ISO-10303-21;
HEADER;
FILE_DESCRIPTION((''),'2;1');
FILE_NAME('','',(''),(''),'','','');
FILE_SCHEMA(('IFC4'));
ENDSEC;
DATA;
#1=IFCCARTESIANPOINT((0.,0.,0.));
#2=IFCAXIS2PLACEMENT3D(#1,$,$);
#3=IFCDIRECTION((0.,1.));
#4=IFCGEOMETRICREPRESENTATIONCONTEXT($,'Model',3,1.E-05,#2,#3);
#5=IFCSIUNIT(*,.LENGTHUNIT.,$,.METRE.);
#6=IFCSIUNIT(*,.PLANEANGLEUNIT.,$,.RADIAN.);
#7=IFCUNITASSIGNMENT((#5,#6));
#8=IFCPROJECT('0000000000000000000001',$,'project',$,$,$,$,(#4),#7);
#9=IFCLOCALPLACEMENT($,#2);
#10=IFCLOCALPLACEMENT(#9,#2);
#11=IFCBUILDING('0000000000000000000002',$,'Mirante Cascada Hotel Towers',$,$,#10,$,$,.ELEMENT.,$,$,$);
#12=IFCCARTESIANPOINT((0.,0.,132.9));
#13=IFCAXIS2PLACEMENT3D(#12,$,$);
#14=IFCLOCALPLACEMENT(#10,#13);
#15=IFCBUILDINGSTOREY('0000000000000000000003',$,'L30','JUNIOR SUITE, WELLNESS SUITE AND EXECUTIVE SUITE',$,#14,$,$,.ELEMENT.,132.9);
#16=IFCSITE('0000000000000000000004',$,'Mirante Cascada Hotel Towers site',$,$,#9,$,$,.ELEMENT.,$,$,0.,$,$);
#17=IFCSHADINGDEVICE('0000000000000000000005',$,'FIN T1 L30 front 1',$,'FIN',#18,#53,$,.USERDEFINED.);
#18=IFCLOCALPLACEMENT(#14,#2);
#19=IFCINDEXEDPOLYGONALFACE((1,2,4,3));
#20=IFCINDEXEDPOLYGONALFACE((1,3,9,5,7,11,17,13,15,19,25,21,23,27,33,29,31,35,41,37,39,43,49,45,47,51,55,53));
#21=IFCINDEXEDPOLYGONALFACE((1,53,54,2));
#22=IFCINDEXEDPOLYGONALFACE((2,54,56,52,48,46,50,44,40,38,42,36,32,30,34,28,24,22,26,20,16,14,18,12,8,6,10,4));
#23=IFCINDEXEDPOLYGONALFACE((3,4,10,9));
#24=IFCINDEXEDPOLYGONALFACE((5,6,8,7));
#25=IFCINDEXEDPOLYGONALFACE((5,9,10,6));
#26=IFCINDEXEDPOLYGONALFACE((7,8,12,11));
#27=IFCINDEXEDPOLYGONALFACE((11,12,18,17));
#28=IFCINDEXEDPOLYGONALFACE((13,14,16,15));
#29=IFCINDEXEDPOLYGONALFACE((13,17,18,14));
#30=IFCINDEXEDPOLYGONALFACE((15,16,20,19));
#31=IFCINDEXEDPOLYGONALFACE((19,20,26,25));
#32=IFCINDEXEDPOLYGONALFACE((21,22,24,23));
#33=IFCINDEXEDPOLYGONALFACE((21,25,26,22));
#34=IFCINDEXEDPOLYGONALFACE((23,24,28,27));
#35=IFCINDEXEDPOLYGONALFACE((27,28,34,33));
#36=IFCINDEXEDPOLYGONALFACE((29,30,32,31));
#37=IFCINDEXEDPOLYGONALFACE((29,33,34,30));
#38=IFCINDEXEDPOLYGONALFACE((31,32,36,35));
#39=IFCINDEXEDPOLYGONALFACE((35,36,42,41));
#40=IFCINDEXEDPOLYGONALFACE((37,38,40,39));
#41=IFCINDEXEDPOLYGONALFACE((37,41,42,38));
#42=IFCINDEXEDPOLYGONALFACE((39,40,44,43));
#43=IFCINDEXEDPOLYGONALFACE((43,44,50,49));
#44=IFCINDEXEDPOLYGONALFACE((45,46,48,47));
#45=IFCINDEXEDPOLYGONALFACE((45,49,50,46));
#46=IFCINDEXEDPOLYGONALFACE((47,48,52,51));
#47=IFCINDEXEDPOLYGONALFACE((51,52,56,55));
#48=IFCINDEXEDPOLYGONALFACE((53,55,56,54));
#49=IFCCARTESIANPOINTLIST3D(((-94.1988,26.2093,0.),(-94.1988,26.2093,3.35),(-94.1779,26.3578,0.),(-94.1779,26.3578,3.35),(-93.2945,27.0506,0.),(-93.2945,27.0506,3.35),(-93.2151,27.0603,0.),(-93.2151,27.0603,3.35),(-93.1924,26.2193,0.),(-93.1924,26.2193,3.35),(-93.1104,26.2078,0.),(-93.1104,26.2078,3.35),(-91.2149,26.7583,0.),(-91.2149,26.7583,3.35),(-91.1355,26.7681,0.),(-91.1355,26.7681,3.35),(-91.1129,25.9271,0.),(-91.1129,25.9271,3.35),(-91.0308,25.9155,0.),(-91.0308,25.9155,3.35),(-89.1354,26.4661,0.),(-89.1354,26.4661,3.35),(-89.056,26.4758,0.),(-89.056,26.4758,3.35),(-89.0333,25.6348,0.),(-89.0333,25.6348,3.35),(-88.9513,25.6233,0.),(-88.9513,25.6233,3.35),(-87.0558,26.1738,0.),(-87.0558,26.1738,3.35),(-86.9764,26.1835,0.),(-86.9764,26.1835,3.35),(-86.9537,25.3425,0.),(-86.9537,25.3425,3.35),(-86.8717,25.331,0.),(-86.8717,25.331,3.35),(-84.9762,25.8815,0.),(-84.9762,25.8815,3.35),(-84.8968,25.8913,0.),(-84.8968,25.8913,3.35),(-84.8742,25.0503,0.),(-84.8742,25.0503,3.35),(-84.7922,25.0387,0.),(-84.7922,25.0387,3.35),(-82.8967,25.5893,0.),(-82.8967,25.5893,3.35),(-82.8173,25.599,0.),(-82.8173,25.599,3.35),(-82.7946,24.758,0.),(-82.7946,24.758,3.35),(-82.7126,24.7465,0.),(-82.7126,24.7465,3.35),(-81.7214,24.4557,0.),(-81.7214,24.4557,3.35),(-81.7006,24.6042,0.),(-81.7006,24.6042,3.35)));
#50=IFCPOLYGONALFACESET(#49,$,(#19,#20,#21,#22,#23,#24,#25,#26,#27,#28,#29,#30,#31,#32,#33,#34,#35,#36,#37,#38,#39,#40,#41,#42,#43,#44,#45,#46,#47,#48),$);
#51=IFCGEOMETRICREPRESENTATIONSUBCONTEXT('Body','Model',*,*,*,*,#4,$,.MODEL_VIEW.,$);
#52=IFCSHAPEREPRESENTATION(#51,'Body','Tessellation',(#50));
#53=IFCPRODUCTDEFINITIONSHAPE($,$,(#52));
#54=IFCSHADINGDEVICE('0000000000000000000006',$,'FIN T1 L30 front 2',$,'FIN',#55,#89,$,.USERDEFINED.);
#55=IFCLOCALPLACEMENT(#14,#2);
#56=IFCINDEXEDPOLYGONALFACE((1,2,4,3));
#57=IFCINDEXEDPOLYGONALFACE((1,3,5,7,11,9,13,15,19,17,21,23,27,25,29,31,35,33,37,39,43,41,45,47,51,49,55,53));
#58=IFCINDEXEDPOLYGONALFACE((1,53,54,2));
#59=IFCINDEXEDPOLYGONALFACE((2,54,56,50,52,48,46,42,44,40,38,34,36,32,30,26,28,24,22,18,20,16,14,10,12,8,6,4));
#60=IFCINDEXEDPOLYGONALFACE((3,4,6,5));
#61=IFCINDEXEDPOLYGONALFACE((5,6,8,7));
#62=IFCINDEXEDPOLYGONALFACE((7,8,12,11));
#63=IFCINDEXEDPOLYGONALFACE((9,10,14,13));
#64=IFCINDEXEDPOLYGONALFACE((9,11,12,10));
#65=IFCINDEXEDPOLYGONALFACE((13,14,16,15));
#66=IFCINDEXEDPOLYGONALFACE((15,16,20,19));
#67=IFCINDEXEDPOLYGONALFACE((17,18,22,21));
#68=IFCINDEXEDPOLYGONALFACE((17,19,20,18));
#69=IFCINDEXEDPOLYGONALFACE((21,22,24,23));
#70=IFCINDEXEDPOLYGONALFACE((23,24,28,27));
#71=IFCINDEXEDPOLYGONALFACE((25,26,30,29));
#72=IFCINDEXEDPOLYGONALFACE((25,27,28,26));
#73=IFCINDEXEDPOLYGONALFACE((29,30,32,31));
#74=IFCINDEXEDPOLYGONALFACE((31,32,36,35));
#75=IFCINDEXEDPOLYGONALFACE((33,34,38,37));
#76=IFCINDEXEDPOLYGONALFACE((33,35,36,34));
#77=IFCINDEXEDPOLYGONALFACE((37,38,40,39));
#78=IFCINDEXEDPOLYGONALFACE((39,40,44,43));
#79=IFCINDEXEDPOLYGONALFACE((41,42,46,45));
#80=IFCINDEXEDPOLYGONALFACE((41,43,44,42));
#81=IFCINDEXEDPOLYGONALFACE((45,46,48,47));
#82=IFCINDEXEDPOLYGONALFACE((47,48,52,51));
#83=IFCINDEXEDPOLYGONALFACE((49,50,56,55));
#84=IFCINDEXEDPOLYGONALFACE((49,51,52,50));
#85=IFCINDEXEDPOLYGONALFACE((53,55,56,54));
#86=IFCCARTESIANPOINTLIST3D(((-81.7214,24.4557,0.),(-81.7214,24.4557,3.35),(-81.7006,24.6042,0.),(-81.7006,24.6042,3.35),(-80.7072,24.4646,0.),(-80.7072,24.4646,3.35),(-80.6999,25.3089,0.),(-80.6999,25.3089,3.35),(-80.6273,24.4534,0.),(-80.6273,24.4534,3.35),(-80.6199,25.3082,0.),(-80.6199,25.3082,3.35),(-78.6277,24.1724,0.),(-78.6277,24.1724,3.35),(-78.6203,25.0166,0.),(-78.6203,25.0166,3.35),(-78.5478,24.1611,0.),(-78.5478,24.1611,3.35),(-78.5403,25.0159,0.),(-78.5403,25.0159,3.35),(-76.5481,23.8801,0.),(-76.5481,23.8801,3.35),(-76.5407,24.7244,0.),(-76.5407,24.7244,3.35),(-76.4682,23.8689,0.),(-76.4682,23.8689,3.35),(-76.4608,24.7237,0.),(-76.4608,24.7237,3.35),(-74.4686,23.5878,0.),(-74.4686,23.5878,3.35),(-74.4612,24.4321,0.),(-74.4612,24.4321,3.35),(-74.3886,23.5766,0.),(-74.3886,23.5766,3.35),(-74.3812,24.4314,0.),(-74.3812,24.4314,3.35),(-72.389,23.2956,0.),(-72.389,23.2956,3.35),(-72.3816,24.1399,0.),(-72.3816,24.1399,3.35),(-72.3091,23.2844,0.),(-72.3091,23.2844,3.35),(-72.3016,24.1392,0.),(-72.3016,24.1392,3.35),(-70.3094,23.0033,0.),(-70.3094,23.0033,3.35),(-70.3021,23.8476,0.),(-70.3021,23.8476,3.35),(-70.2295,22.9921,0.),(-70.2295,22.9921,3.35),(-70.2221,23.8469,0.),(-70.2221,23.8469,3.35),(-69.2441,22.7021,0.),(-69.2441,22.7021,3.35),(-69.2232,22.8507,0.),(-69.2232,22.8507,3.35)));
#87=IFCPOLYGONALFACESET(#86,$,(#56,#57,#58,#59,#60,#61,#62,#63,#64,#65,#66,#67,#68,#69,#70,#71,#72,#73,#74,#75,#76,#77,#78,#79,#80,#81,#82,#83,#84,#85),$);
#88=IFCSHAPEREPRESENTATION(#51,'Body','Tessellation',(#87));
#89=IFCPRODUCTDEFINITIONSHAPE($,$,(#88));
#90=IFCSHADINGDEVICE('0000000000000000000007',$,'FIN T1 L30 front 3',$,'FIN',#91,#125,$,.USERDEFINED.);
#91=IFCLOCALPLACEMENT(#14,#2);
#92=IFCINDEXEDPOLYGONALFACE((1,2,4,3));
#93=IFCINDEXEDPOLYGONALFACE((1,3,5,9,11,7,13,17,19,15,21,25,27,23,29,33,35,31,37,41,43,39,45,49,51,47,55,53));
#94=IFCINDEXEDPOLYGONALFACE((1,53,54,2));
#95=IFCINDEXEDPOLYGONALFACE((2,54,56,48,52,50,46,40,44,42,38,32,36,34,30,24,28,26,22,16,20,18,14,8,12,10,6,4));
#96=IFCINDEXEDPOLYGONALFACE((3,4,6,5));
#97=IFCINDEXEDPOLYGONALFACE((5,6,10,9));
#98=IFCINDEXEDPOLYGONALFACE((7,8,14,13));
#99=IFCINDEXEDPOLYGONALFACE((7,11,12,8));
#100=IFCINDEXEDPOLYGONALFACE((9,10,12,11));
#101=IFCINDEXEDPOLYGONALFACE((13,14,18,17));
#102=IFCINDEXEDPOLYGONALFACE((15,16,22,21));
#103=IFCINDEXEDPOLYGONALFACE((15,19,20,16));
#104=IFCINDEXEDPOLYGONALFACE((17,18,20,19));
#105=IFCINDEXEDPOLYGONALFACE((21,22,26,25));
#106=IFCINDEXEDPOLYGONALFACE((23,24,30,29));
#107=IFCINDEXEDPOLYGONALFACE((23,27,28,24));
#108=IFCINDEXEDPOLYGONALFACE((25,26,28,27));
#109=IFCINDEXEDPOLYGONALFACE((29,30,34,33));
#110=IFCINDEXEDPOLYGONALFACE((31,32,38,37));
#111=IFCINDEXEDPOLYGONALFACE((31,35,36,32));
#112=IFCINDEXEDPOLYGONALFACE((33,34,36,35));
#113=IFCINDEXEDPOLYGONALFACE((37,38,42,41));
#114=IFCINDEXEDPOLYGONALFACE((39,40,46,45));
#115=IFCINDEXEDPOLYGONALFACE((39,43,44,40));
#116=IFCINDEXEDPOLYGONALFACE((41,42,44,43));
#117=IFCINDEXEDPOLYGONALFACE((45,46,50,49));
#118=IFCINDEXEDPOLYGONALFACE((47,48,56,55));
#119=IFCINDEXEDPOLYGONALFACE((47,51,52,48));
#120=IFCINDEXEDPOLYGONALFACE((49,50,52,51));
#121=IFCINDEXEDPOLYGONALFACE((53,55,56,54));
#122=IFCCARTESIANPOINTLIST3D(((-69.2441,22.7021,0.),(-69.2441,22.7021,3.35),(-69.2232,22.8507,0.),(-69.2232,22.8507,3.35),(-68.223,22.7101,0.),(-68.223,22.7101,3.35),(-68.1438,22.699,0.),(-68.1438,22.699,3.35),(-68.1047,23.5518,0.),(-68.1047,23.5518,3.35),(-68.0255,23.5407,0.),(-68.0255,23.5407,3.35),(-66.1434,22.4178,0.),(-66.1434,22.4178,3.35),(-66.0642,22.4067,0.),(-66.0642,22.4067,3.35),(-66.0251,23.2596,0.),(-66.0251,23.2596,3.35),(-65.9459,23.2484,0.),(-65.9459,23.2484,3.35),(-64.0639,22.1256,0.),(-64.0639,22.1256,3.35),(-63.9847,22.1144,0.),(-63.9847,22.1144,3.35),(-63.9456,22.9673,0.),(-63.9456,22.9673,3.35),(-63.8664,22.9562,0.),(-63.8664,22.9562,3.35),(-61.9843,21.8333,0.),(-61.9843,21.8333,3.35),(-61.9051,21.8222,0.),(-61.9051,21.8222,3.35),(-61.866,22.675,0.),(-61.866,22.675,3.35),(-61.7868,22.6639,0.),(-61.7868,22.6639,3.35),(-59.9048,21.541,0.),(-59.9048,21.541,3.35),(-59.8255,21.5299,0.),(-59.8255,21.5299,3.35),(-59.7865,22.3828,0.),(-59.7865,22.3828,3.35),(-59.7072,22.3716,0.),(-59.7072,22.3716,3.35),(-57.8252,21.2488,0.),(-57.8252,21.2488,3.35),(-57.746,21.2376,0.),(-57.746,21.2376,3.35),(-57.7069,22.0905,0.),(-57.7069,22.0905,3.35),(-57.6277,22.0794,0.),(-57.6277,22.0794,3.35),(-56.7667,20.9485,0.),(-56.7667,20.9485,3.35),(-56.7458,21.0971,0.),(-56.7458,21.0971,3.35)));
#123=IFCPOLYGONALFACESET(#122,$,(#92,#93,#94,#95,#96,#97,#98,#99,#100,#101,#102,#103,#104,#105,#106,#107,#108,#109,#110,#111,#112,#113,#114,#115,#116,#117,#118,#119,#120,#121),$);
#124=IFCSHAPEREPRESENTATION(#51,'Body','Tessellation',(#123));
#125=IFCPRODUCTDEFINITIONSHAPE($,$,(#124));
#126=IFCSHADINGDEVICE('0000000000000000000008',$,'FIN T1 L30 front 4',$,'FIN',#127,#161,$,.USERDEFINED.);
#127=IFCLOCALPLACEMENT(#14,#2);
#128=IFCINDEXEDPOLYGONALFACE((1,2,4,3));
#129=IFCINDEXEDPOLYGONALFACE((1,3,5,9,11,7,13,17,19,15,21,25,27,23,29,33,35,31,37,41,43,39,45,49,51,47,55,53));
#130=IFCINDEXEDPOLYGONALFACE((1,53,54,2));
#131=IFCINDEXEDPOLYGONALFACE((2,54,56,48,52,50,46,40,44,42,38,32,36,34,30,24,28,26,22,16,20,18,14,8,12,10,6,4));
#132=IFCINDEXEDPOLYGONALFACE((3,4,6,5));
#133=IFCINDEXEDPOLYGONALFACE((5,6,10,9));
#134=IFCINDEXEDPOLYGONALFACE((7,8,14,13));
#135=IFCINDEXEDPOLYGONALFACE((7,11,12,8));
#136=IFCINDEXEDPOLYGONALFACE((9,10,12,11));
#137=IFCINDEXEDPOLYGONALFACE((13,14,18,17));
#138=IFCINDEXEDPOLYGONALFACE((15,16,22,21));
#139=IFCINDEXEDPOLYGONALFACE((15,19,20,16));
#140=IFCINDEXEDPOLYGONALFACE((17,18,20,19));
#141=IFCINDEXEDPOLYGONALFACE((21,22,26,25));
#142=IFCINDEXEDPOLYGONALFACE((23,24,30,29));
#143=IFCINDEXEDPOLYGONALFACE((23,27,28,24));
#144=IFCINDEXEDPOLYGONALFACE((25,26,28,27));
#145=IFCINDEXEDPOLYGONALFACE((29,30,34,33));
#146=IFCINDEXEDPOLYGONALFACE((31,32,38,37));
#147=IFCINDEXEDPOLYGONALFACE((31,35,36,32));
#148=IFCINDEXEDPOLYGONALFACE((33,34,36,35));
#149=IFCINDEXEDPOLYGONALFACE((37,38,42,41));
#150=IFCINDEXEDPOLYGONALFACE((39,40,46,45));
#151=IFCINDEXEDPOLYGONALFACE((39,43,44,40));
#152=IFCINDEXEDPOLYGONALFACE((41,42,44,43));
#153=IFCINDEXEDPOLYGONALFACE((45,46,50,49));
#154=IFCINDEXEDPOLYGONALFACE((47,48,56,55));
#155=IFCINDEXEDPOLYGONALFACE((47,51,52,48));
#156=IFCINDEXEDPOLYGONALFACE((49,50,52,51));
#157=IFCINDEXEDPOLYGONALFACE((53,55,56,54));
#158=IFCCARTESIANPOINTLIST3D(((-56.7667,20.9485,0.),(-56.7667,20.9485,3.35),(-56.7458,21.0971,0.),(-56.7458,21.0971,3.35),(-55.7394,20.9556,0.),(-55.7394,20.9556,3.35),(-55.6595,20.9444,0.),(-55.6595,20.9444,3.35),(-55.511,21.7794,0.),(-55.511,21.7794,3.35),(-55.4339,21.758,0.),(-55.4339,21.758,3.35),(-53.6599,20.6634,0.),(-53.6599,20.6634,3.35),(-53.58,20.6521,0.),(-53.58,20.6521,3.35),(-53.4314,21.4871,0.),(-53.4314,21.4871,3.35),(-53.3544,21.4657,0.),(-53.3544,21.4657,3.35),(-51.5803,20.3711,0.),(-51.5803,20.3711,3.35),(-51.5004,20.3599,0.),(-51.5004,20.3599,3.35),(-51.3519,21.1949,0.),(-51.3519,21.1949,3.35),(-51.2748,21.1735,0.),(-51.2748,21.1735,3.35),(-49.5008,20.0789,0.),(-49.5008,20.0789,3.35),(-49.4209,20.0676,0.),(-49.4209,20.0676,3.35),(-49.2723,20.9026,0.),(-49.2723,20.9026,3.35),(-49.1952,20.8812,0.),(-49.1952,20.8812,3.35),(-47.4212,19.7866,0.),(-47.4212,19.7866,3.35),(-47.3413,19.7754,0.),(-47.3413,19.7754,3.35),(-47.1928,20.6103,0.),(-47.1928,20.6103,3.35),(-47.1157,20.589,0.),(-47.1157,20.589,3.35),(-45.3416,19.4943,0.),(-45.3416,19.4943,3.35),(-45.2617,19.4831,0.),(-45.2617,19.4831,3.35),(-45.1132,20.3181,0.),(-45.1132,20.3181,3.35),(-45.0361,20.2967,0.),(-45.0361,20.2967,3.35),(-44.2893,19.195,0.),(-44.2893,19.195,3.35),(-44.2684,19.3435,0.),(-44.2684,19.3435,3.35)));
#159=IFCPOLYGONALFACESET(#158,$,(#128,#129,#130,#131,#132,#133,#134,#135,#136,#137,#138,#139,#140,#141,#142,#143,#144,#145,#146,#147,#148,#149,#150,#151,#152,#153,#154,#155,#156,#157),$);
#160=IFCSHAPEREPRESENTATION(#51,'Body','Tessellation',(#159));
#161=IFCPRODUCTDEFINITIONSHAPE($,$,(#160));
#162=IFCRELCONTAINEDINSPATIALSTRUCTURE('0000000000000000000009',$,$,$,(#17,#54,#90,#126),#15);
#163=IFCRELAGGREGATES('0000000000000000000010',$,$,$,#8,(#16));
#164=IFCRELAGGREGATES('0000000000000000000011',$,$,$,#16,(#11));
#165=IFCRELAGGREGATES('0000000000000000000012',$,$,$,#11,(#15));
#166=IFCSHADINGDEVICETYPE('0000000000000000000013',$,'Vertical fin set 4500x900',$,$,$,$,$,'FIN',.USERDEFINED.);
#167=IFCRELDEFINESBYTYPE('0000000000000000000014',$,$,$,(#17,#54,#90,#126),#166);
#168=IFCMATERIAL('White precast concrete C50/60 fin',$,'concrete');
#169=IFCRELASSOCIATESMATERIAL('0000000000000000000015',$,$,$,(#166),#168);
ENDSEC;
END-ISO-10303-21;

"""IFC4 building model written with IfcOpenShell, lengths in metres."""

from ifc_helpers import new_model, si_unit, direction, frame, origin, place, context, subcontext, project, spatial, polyline, outline, extrude, material, type_object, element, save


model = new_model("IFC4")

# Units and contexts
model_context = context("Model", 3, precision=1e-05, world=origin(), true_north=direction((0.0, 1.0)))
body_context = subcontext(model_context, "Body", "Model", "MODEL_VIEW")
ifc_project = project(units=[si_unit("LENGTHUNIT", "METRE"), si_unit("PLANEANGLEUNIT", "RADIAN")], contexts=[model_context])

# Site, building, storey
site_placement = place(None, origin())
site = spatial("IfcSite", under=ifc_project, at=site_placement, Name="Mirante Cascada Hotel Towers site", CompositionType="ELEMENT", RefElevation=0.0)
building_placement = place(site_placement, origin())
building = spatial("IfcBuilding", under=site, at=building_placement, Name="Mirante Cascada Hotel Towers", CompositionType="ELEMENT")
storey_placement = place(building_placement, frame((0.0, 0.0, 132.9)))
storey = spatial("IfcBuildingStorey", under=building, at=storey_placement, Name="L30", Description="JUNIOR SUITE, WELLNESS SUITE AND EXECUTIVE SUITE", CompositionType="ELEMENT", Elevation=132.9)

# Shading devices
ifc_material_1 = material(Name="White precast concrete C50/60 fin", Category="concrete")
shading_device_type = type_object("IfcShadingDeviceType", Name="Vertical fin set 4500x900", ElementType="FIN", PredefinedType="USERDEFINED", material=ifc_material_1)
shading_device_1_placement = place(storey_placement, origin())
element("IfcShadingDevice", 1, at=shading_device_1_placement, inside=storey, type_object=shading_device_type, Name="FIN T1 L30 front 1", ObjectType="FIN", PredefinedType="USERDEFINED", context=body_context, shape_type="SweptSolid", body=[
    extrude(outline(polyline([(-82.8173, 25.599), (-82.7126, 24.7465), (-81.7006, 24.6042), (-81.7214, 24.4557), (-94.1988, 26.2093), (-94.1779, 26.3578), (-93.1924, 26.2193), (-93.2945, 27.0506), (-93.2151, 27.0603), (-93.1104, 26.2078), (-91.1129, 25.9271), (-91.2149, 26.7583), (-91.1355, 26.7681), (-91.0308, 25.9155), (-89.0333, 25.6348), (-89.1354, 26.4661), (-89.056, 26.4758), (-88.9513, 25.6233), (-86.9537, 25.3425), (-87.0558, 26.1738), (-86.9764, 26.1835), (-86.8717, 25.331), (-84.8742, 25.0503), (-84.9762, 25.8815), (-84.8968, 25.8913), (-84.7922, 25.0387), (-82.7946, 24.758), (-82.8967, 25.5893), (-82.8173, 25.599)])), origin(), (0.0, 0.0, 1.0), 3.35),
])
shading_device_2_placement = place(storey_placement, origin())
element("IfcShadingDevice", 2, at=shading_device_2_placement, inside=storey, type_object=shading_device_type, Name="FIN T1 L30 front 2", ObjectType="FIN", PredefinedType="USERDEFINED", context=body_context, shape_type="SweptSolid", body=[
    extrude(outline(polyline([(-70.2221, 23.8469), (-70.2295, 22.9921), (-69.2232, 22.8507), (-69.2441, 22.7021), (-81.7214, 24.4557), (-81.7006, 24.6042), (-80.7072, 24.4646), (-80.6999, 25.3089), (-80.6199, 25.3082), (-80.6273, 24.4534), (-78.6277, 24.1724), (-78.6203, 25.0166), (-78.5403, 25.0159), (-78.5478, 24.1611), (-76.5481, 23.8801), (-76.5407, 24.7244), (-76.4608, 24.7237), (-76.4682, 23.8689), (-74.4686, 23.5878), (-74.4612, 24.4321), (-74.3812, 24.4314), (-74.3886, 23.5766), (-72.389, 23.2956), (-72.3816, 24.1399), (-72.3016, 24.1392), (-72.3091, 23.2844), (-70.3094, 23.0033), (-70.3021, 23.8476), (-70.2221, 23.8469)])), origin(), (0.0, 0.0, 1.0), 3.35),
])
shading_device_3_placement = place(storey_placement, origin())
element("IfcShadingDevice", 3, at=shading_device_3_placement, inside=storey, type_object=shading_device_type, Name="FIN T1 L30 front 3", ObjectType="FIN", PredefinedType="USERDEFINED", context=body_context, shape_type="SweptSolid", body=[
    extrude(outline(polyline([(-57.6277, 22.0794), (-57.746, 21.2376), (-56.7458, 21.0971), (-56.7667, 20.9485), (-69.2441, 22.7021), (-69.2232, 22.8507), (-68.223, 22.7101), (-68.1047, 23.5518), (-68.0255, 23.5407), (-68.1438, 22.699), (-66.1434, 22.4178), (-66.0251, 23.2596), (-65.9459, 23.2484), (-66.0642, 22.4067), (-64.0639, 22.1256), (-63.9456, 22.9673), (-63.8664, 22.9562), (-63.9847, 22.1144), (-61.9843, 21.8333), (-61.866, 22.675), (-61.7868, 22.6639), (-61.9051, 21.8222), (-59.9048, 21.541), (-59.7865, 22.3828), (-59.7072, 22.3716), (-59.8255, 21.5299), (-57.8252, 21.2488), (-57.7069, 22.0905), (-57.6277, 22.0794)])), origin(), (0.0, 0.0, 1.0), 3.35),
])
shading_device_4_placement = place(storey_placement, origin())
element("IfcShadingDevice", 4, at=shading_device_4_placement, inside=storey, type_object=shading_device_type, Name="FIN T1 L30 front 4", ObjectType="FIN", PredefinedType="USERDEFINED", context=body_context, shape_type="SweptSolid", body=[
    extrude(outline(polyline([(-45.0361, 20.2967), (-45.2617, 19.4831), (-44.2684, 19.3435), (-44.2893, 19.195), (-56.7667, 20.9485), (-56.7458, 21.0971), (-55.7394, 20.9556), (-55.511, 21.7794), (-55.4339, 21.758), (-55.6595, 20.9444), (-53.6599, 20.6634), (-53.4314, 21.4871), (-53.3544, 21.4657), (-53.58, 20.6521), (-51.5803, 20.3711), (-51.3519, 21.1949), (-51.2748, 21.1735), (-51.5004, 20.3599), (-49.5008, 20.0789), (-49.2723, 20.9026), (-49.1952, 20.8812), (-49.4209, 20.0676), (-47.4212, 19.7866), (-47.1928, 20.6103), (-47.1157, 20.589), (-47.3413, 19.7754), (-45.3416, 19.4943), (-45.1132, 20.3181), (-45.0361, 20.2967)])), origin(), (0.0, 0.0, 1.0), 3.35),
])

save(model, "model.ifc")
